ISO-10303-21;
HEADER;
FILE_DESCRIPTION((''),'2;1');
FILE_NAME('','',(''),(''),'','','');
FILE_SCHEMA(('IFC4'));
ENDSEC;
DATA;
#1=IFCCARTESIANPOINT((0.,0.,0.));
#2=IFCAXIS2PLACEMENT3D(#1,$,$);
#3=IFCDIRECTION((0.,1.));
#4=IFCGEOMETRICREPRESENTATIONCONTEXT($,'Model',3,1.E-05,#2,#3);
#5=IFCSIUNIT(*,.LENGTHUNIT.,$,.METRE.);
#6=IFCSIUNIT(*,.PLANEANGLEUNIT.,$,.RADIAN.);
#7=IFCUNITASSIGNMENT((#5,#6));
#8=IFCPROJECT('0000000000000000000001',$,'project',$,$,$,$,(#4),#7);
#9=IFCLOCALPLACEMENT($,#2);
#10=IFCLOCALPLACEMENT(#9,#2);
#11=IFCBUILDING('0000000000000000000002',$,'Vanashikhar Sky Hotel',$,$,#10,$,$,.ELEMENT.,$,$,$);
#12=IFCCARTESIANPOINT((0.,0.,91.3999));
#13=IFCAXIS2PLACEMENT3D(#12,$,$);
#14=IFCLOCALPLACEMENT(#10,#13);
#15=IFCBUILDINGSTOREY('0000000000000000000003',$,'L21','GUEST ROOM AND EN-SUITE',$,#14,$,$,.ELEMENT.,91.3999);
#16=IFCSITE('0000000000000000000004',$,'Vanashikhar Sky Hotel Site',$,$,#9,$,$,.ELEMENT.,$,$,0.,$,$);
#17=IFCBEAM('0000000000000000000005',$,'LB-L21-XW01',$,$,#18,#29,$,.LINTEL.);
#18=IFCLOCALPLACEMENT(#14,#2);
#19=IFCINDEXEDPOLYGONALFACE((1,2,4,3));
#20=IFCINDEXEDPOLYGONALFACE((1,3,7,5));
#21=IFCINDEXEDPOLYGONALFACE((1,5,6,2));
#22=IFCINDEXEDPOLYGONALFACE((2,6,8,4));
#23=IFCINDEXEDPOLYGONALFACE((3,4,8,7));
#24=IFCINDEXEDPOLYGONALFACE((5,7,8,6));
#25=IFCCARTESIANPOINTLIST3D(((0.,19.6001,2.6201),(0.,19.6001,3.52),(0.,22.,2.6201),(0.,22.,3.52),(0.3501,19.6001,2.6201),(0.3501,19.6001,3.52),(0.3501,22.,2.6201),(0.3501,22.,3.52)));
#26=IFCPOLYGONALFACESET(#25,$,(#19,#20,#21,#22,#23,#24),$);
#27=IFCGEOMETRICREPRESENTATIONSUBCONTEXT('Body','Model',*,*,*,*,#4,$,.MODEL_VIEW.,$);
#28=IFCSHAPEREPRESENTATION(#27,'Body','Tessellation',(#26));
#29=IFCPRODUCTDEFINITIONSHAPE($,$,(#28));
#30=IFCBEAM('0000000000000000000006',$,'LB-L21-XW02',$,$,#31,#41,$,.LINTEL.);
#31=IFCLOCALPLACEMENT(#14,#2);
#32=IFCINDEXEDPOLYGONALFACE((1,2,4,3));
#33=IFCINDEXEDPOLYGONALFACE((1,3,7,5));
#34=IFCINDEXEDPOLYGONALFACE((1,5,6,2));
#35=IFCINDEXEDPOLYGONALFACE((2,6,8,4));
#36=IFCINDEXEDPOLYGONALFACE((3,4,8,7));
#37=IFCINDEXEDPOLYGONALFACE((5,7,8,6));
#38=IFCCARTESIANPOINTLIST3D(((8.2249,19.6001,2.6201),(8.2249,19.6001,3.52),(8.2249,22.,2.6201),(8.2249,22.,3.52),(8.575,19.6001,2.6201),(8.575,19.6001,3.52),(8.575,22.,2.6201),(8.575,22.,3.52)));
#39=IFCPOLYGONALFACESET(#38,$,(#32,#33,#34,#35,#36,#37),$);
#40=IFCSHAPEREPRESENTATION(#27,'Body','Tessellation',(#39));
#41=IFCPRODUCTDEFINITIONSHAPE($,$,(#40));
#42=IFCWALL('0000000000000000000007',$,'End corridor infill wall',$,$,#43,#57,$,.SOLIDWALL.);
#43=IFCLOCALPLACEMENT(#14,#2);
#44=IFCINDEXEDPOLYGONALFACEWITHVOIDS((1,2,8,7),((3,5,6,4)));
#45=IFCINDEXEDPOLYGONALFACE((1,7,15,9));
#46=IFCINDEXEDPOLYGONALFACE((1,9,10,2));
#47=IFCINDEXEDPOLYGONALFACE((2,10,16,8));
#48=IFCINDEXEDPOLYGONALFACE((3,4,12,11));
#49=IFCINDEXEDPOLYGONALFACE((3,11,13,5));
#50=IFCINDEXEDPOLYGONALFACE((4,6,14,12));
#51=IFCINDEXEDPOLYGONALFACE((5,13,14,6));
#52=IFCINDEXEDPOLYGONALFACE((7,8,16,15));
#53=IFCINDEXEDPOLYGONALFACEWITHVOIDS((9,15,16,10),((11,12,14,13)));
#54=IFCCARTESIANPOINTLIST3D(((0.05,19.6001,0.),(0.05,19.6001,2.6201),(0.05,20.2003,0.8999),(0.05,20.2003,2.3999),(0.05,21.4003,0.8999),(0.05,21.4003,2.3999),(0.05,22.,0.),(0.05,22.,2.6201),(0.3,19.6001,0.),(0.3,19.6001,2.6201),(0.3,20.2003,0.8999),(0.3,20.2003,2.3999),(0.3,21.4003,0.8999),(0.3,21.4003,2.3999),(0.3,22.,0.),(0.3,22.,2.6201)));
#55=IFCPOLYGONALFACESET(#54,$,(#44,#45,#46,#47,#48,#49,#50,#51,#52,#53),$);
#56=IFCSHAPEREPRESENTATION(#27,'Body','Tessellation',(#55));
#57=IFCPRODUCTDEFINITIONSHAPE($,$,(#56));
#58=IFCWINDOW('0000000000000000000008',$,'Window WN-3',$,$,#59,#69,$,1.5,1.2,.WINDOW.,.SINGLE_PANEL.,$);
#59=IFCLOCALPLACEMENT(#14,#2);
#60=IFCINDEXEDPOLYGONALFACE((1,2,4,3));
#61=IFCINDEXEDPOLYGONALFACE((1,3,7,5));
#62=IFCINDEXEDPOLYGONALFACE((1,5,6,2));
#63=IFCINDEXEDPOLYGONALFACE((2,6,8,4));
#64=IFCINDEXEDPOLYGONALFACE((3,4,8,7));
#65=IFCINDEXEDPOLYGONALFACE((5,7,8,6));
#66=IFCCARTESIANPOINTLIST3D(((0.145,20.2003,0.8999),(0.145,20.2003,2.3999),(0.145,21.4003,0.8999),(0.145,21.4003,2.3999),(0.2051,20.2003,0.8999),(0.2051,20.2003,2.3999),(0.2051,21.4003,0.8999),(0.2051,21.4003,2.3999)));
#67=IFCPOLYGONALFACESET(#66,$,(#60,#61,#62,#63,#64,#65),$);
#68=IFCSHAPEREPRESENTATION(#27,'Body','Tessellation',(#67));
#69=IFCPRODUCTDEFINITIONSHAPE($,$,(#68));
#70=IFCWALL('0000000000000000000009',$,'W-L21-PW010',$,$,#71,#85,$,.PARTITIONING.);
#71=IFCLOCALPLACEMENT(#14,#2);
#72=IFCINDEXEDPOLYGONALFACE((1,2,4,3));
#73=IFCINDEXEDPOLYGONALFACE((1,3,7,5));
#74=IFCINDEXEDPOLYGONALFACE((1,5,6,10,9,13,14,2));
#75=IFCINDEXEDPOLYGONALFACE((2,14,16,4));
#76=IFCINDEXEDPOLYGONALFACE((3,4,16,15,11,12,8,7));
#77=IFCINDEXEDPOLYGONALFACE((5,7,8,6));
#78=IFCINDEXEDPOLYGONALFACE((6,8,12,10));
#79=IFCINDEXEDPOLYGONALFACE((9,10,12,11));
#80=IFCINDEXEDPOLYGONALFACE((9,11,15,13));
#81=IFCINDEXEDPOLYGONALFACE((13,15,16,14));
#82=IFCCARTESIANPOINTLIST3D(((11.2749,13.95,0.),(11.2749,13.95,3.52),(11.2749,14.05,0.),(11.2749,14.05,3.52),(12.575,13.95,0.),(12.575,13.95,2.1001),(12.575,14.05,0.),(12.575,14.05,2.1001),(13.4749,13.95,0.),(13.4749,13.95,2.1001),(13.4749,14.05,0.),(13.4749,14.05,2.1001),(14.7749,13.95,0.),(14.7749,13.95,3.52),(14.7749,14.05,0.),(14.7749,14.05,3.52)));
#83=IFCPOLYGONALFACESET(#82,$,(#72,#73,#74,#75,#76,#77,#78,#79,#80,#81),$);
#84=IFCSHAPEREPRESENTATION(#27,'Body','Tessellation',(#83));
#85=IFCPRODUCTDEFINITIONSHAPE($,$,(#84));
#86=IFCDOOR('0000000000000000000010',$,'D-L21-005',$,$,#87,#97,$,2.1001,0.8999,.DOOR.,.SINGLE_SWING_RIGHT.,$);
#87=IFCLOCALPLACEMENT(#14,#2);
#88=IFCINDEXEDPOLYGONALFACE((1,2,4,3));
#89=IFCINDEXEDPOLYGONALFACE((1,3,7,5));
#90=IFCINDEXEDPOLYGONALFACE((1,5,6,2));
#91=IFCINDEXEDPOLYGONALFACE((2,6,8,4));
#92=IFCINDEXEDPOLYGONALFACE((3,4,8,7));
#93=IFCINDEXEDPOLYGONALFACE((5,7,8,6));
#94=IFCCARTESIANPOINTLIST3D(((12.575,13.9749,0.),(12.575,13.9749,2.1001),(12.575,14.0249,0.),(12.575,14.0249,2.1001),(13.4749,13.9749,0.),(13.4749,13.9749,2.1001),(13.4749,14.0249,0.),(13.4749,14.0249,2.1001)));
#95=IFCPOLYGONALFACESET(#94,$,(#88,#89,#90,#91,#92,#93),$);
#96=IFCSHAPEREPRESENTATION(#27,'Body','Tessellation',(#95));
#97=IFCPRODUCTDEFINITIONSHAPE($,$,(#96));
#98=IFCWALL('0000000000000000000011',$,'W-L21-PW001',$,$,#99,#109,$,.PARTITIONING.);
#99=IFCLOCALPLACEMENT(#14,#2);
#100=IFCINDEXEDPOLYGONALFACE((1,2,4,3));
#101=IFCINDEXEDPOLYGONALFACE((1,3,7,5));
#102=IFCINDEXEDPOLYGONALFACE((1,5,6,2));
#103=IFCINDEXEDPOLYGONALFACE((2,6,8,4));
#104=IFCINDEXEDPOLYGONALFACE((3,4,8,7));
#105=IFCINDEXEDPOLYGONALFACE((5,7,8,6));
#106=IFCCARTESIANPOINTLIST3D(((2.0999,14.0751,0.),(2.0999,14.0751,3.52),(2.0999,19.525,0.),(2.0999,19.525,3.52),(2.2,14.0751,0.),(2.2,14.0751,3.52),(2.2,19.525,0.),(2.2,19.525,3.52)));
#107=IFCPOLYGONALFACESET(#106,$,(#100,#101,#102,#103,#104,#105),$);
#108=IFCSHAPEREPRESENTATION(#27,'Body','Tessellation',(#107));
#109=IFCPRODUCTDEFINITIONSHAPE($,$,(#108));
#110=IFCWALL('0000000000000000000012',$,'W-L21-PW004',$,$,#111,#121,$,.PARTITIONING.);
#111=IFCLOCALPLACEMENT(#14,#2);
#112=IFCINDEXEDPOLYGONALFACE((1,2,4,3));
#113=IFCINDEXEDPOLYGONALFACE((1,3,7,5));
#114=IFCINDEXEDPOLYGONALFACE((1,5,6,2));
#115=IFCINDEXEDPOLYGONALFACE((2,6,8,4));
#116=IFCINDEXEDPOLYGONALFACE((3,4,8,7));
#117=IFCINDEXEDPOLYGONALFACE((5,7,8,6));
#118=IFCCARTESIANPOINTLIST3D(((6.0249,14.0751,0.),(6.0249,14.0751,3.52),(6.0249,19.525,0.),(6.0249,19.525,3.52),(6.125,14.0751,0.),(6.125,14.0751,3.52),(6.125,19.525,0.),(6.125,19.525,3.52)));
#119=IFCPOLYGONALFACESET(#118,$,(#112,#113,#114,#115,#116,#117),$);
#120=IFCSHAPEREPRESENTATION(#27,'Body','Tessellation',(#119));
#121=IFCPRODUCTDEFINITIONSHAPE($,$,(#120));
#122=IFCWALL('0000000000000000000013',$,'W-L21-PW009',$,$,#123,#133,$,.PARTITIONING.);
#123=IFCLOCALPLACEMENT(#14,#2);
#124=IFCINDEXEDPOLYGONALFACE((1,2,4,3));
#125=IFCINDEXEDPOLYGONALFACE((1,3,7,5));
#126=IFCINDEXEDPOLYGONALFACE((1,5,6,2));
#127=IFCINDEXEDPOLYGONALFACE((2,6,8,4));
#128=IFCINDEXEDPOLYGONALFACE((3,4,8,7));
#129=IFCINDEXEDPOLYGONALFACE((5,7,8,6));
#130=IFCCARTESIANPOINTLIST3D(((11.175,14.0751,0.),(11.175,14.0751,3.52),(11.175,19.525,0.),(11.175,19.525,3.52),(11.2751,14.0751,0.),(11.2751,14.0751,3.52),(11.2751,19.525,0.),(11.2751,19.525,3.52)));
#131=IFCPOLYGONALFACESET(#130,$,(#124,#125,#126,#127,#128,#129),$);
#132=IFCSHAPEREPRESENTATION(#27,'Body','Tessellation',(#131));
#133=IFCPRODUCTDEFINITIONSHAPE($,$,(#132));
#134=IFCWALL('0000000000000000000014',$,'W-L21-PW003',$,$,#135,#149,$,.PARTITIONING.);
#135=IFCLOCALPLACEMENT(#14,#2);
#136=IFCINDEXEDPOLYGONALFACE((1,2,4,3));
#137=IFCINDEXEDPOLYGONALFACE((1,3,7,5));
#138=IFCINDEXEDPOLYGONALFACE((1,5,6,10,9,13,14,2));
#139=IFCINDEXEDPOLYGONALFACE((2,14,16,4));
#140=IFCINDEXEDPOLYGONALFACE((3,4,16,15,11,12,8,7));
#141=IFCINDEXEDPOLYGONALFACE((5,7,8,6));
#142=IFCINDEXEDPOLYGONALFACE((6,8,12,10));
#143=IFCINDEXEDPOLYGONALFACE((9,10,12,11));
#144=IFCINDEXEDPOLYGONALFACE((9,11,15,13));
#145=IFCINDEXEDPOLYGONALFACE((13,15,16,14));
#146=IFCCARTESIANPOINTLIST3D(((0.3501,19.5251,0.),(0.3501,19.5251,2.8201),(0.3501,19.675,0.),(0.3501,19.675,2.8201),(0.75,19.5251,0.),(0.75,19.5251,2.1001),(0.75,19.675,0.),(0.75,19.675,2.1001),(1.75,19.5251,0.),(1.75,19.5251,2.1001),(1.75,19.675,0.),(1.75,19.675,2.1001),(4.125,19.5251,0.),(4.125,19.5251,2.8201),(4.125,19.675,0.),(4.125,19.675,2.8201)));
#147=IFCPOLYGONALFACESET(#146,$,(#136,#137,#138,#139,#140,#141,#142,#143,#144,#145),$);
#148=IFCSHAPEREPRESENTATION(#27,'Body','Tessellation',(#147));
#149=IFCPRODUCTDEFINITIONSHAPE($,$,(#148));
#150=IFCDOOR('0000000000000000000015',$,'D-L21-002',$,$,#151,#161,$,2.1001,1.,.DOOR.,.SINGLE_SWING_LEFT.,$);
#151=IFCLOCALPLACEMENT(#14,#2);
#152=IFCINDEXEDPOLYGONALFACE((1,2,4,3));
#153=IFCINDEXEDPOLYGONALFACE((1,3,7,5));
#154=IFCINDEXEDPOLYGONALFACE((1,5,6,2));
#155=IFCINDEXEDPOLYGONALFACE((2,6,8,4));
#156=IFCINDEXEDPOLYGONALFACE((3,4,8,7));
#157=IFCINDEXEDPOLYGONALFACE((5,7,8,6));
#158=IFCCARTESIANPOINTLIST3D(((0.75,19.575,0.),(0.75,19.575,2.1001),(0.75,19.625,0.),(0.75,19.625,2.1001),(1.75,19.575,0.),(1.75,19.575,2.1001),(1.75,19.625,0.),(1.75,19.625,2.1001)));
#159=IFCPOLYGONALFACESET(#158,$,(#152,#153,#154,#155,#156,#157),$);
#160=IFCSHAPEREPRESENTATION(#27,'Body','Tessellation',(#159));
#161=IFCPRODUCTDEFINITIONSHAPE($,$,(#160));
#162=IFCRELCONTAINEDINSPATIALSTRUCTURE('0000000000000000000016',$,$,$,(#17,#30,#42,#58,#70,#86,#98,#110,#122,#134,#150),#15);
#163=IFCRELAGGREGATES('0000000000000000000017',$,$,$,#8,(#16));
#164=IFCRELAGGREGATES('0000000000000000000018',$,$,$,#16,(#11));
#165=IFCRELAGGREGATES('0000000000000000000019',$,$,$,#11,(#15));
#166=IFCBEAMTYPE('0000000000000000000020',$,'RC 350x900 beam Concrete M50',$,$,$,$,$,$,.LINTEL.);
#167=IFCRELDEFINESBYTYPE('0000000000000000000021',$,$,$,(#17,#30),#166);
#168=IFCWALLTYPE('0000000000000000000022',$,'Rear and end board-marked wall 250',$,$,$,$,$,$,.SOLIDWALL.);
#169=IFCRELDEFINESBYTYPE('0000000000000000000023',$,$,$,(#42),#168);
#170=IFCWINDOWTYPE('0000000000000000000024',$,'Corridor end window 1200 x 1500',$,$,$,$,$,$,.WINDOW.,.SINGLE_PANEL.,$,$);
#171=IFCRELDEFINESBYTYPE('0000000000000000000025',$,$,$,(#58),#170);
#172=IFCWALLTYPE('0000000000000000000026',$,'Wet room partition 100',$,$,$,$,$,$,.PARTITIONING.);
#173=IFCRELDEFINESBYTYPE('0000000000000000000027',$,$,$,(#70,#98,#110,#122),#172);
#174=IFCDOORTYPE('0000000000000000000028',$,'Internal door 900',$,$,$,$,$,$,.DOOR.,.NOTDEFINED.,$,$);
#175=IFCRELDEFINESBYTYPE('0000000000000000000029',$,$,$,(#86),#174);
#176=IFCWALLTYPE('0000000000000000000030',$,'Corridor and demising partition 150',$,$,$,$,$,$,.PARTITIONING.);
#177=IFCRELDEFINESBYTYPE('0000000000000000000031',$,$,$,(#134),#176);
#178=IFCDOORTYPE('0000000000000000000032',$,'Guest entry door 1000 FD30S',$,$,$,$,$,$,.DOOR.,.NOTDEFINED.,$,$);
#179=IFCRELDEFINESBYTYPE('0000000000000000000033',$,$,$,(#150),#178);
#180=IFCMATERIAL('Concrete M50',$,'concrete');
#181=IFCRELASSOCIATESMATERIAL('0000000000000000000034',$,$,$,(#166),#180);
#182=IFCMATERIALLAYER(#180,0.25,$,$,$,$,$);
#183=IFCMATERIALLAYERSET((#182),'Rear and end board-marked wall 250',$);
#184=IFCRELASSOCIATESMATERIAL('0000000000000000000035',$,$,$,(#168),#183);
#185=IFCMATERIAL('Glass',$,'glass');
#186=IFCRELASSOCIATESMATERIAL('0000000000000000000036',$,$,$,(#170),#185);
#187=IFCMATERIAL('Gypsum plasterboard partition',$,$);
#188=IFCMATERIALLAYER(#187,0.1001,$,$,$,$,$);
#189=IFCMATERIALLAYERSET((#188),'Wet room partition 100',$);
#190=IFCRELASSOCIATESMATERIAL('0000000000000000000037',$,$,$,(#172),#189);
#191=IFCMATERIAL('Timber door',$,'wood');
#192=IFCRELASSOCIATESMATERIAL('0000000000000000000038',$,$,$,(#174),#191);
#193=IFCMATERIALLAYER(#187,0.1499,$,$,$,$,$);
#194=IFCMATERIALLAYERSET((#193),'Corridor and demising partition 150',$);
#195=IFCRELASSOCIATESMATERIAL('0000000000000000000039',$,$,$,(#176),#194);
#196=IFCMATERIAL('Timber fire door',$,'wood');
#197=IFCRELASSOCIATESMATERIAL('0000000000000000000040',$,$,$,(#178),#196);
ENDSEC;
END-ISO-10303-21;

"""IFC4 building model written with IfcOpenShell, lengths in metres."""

from ifc_helpers import new_model, si_unit, direction, frame, frame_2d, origin, origin_2d, place, context, subcontext, project, spatial, rectangle, extrude, source, transform, mapped, material, layer, layer_set, material_profile, profile_set, type_object, element, fill, save


model = new_model("IFC4")

# Units and contexts
model_context = context("Model", 3, precision=1e-05, world=origin(), true_north=direction((0.0, 1.0)))
body_context = subcontext(model_context, "Body", "Model", "MODEL_VIEW")
ifc_project = project(units=[si_unit("LENGTHUNIT", "METRE"), si_unit("PLANEANGLEUNIT", "RADIAN")], contexts=[model_context])

# Site, building, storey
site_placement = place(None, origin())
site = spatial("IfcSite", under=ifc_project, at=site_placement, Name="Vanashikhar Sky Hotel Site", CompositionType="ELEMENT", RefElevation=0.0)
building_placement = place(site_placement, origin())
building = spatial("IfcBuilding", under=site, at=building_placement, Name="Vanashikhar Sky Hotel", CompositionType="ELEMENT")
storey_placement = place(building_placement, frame((0.0, 0.0, 91.3999)))
storey = spatial("IfcBuildingStorey", under=building, at=storey_placement, Name="L21", Description="GUEST ROOM AND EN-SUITE", CompositionType="ELEMENT", Elevation=91.3999)

# Beams
ifc_material_1 = material(Name="Concrete M50", Category="concrete")
ifc_material_profile = material_profile(ifc_material_1, rectangle(XDim=0.3501, YDim=0.8999, at=origin_2d()))
ifc_profile_set = profile_set([ifc_material_profile], Name="RC 350x900 beam Concrete M50")
beam_type = type_object("IfcBeamType", Name="RC 350x900 beam Concrete M50", PredefinedType="LINTEL", material=ifc_profile_set)
shared_shape_1 = source(origin(), body_context, "Body", "SweptSolid", [
    extrude(rectangle(XDim=0.3501, YDim=0.8999, at=origin_2d()), origin(), (0.0, 0.0, 1.0), 2.3999),
])
for number, where, z_axis, x_axis, name in (
    (1, (0.175, 19.6001, 3.0701), (0.0, 1.0, 0.0), (-1.0, 0.0, 0.0), "LB-L21-XW01"),
    (2, (8.3999, 19.6001, 3.0701), (0.0, 1.0, 0.0), (-1.0, 0.0, 0.0), "LB-L21-XW02"),
):
    element("IfcBeam", number, at=place(storey_placement, frame(where, z_axis=z_axis, x_axis=x_axis)), inside=storey, type_object=beam_type, Name=name, PredefinedType="LINTEL", context=body_context, shape_type="MappedRepresentation", body=[
        mapped(shared_shape_1, transform((0.0, 0.0, 0.0), scale=1.0)),
    ])

# Wall, opening, window
ifc_layer_1 = layer(ifc_material_1, 0.25)
ifc_layer_set_1 = layer_set([ifc_layer_1], Name="Rear and end board-marked wall 250")
wall_type_1 = type_object("IfcWallType", Name="Rear and end board-marked wall 250", PredefinedType="SOLIDWALL", material=ifc_layer_set_1)
shared_shape_2 = source(origin(), body_context, "Body", "SweptSolid", [
    extrude(rectangle(XDim=2.3999, YDim=0.25, at=frame_2d((1.2, 0.0))), origin(), (0.0, 0.0, 1.0), 2.6201),
])
wall_1_placement = place(storey_placement, frame((0.175, 19.6001, 0.0), z_axis=(0.0, 0.0, 1.0), x_axis=(0.0, 1.0, 0.0)))
wall_1 = element("IfcWall", 3, at=wall_1_placement, inside=storey, type_object=wall_type_1, Name="End corridor infill wall", PredefinedType="SOLIDWALL", context=body_context, shape_type="MappedRepresentation", body=[
    mapped(shared_shape_2, transform((0.0, 0.0, 0.0), scale=1.0)),
])
shared_shape_3 = source(origin(), body_context, "Body", "SweptSolid", [
    extrude(rectangle(XDim=1.2, YDim=1.5, at=frame_2d((0.6001, 0.75))), frame((0.0, 0.135, 0.0), z_axis=(0.0, -1.0, 0.0), x_axis=(1.0, 0.0, 0.0)), (0.0, 0.0, 1.0), 0.27),
])
opening_1_placement = place(wall_1_placement, frame((0.6001, 0.0, 0.8999)))
opening_1 = element("IfcOpeningElement", 4, at=opening_1_placement, cuts=wall_1, PredefinedType="OPENING", context=body_context, shape_type="MappedRepresentation", body=[
    mapped(shared_shape_3, transform((0.0, 0.0, 0.0), scale=1.0)),
])
ifc_material_2 = material(Name="Glass", Category="glass")
window_type = type_object("IfcWindowType", Name="Corridor end window 1200 x 1500", PartitioningType="SINGLE_PANEL", PredefinedType="WINDOW", material=ifc_material_2)
shared_shape_4 = source(origin(), body_context, "Body", "SweptSolid", [
    extrude(rectangle(XDim=1.2, YDim=1.5, at=frame_2d((0.6001, 0.75))), frame((0.0, 0.03, 0.0), z_axis=(0.0, -1.0, 0.0), x_axis=(1.0, 0.0, 0.0)), (0.0, 0.0, 1.0), 0.0601),
])
window_placement = place(opening_1_placement, origin())
window = element("IfcWindow", 5, at=window_placement, inside=storey, type_object=window_type, Name="Window WN-3", OverallHeight=1.5, OverallWidth=1.2, PartitioningType="SINGLE_PANEL", PredefinedType="WINDOW", context=body_context, shape_type="MappedRepresentation", body=[
    mapped(shared_shape_4, transform((0.0, 0.0, 0.0), scale=1.0)),
])
fill(opening_1, window)

# Wall, opening, door
ifc_material_3 = material(Name="Gypsum plasterboard partition")
ifc_layer_2 = layer(ifc_material_3, 0.1001)
ifc_layer_set_2 = layer_set([ifc_layer_2], Name="Wet room partition 100")
wall_type_2 = type_object("IfcWallType", Name="Wet room partition 100", PredefinedType="PARTITIONING", material=ifc_layer_set_2)
shared_shape_5 = source(origin(), body_context, "Body", "SweptSolid", [
    extrude(rectangle(XDim=3.5, YDim=0.1001, at=frame_2d((1.75, 0.0))), origin(), (0.0, 0.0, 1.0), 3.52),
])
wall_2_placement = place(storey_placement, frame((11.2749, 14.0, 0.0), z_axis=(0.0, 0.0, 1.0), x_axis=(1.0, 0.0, 0.0)))
wall_2 = element("IfcWall", 6, at=wall_2_placement, inside=storey, type_object=wall_type_2, Name="W-L21-PW010", PredefinedType="PARTITIONING", context=body_context, shape_type="MappedRepresentation", body=[
    mapped(shared_shape_5, transform((0.0, 0.0, 0.0), scale=1.0)),
])
shared_shape_6 = source(origin(), body_context, "Body", "SweptSolid", [
    extrude(rectangle(XDim=0.8999, YDim=2.1001, at=frame_2d((0.45, 1.05))), frame((0.0, 0.0601, 0.0), z_axis=(0.0, -1.0, 0.0), x_axis=(1.0, 0.0, 0.0)), (0.0, 0.0, 1.0), 0.1201),
])
opening_2_placement = place(wall_2_placement, frame((1.3, 0.0, 0.0)))
opening_2 = element("IfcOpeningElement", 7, at=opening_2_placement, cuts=wall_2, PredefinedType="OPENING", context=body_context, shape_type="MappedRepresentation", body=[
    mapped(shared_shape_6, transform((0.0, 0.0, 0.0), scale=1.0)),
])
ifc_material_4 = material(Name="Timber door", Category="wood")
door_type_1 = type_object("IfcDoorType", Name="Internal door 900", OperationType="NOTDEFINED", PredefinedType="DOOR", material=ifc_material_4)
shared_shape_7 = source(origin(), body_context, "Body", "SweptSolid", [
    extrude(rectangle(XDim=0.8999, YDim=2.1001, at=frame_2d((0.45, 1.05))), frame((0.0, 0.0249, 0.0), z_axis=(0.0, -1.0, 0.0), x_axis=(1.0, 0.0, 0.0)), (0.0, 0.0, 1.0), 0.05),
])
door_1_placement = place(opening_2_placement, origin())
door_1 = element("IfcDoor", 8, at=door_1_placement, inside=storey, type_object=door_type_1, Name="D-L21-005", OperationType="SINGLE_SWING_RIGHT", OverallHeight=2.1001, OverallWidth=0.8999, PredefinedType="DOOR", context=body_context, shape_type="MappedRepresentation", body=[
    mapped(shared_shape_7, transform((0.0, 0.0, 0.0), scale=1.0)),
])
fill(opening_2, door_1)

# Walls
shared_shape_8 = source(origin(), body_context, "Body", "SweptSolid", [
    extrude(rectangle(XDim=5.45, YDim=0.1001, at=frame_2d((2.7251, 0.0))), origin(), (0.0, 0.0, 1.0), 3.52),
])
for number, where, z_axis, x_axis, name in (
    (9, (2.1499, 14.075, 0.0), (0.0, 0.0, 1.0), (0.0, 1.0, 0.0), "W-L21-PW001"),
    (10, (6.075, 14.075, 0.0), (0.0, 0.0, 1.0), (0.0, 1.0, 0.0), "W-L21-PW004"),
    (11, (11.2251, 14.075, 0.0), (0.0, 0.0, 1.0), (0.0, 1.0, 0.0), "W-L21-PW009"),
):
    element("IfcWall", number, at=place(storey_placement, frame(where, z_axis=z_axis, x_axis=x_axis)), inside=storey, type_object=wall_type_2, Name=name, PredefinedType="PARTITIONING", context=body_context, shape_type="MappedRepresentation", body=[
        mapped(shared_shape_8, transform((0.0, 0.0, 0.0), scale=1.0)),
    ])

# Wall, opening, door
ifc_layer_3 = layer(ifc_material_3, 0.1499)
ifc_layer_set_3 = layer_set([ifc_layer_3], Name="Corridor and demising partition 150")
wall_type_3 = type_object("IfcWallType", Name="Corridor and demising partition 150", PredefinedType="PARTITIONING", material=ifc_layer_set_3)
shared_shape_9 = source(origin(), body_context, "Body", "SweptSolid", [
    extrude(rectangle(XDim=3.7749, YDim=0.1499, at=frame_2d((1.8875, 0.0))), origin(), (0.0, 0.0, 1.0), 2.8201),
])
wall_3_placement = place(storey_placement, frame((0.3501, 19.6001, 0.0), z_axis=(0.0, 0.0, 1.0), x_axis=(1.0, 0.0, 0.0)))
wall_3 = element("IfcWall", 12, at=wall_3_placement, inside=storey, type_object=wall_type_3, Name="W-L21-PW003", PredefinedType="PARTITIONING", context=body_context, shape_type="MappedRepresentation", body=[
    mapped(shared_shape_9, transform((0.0, 0.0, 0.0), scale=1.0)),
])
shared_shape_10 = source(origin(), body_context, "Body", "SweptSolid", [
    extrude(rectangle(XDim=1.0, YDim=2.1001, at=frame_2d((0.5, 1.05))), frame((0.0, 0.085, 0.0), z_axis=(0.0, -1.0, 0.0), x_axis=(1.0, 0.0, 0.0)), (0.0, 0.0, 1.0), 0.1699),
])
opening_3_placement = place(wall_3_placement, frame((0.3999, 0.0, 0.0)))
opening_3 = element("IfcOpeningElement", 13, at=opening_3_placement, cuts=wall_3, PredefinedType="OPENING", context=body_context, shape_type="MappedRepresentation", body=[
    mapped(shared_shape_10, transform((0.0, 0.0, 0.0), scale=1.0)),
])
ifc_material_5 = material(Name="Timber fire door", Category="wood")
door_type_2 = type_object("IfcDoorType", Name="Guest entry door 1000 FD30S", OperationType="NOTDEFINED", PredefinedType="DOOR", material=ifc_material_5)
shared_shape_11 = source(origin(), body_context, "Body", "SweptSolid", [
    extrude(rectangle(XDim=1.0, YDim=2.1001, at=frame_2d((0.5, 1.05))), frame((0.0, 0.0249, 0.0), z_axis=(0.0, -1.0, 0.0), x_axis=(1.0, 0.0, 0.0)), (0.0, 0.0, 1.0), 0.05),
])
door_2_placement = place(opening_3_placement, origin())
door_2 = element("IfcDoor", 14, at=door_2_placement, inside=storey, type_object=door_type_2, Name="D-L21-002", OperationType="SINGLE_SWING_LEFT", OverallHeight=2.1001, OverallWidth=1.0, PredefinedType="DOOR", context=body_context, shape_type="MappedRepresentation", body=[
    mapped(shared_shape_11, transform((0.0, 0.0, 0.0), scale=1.0)),
])
fill(opening_3, door_2)

save(model, "model.ifc")
